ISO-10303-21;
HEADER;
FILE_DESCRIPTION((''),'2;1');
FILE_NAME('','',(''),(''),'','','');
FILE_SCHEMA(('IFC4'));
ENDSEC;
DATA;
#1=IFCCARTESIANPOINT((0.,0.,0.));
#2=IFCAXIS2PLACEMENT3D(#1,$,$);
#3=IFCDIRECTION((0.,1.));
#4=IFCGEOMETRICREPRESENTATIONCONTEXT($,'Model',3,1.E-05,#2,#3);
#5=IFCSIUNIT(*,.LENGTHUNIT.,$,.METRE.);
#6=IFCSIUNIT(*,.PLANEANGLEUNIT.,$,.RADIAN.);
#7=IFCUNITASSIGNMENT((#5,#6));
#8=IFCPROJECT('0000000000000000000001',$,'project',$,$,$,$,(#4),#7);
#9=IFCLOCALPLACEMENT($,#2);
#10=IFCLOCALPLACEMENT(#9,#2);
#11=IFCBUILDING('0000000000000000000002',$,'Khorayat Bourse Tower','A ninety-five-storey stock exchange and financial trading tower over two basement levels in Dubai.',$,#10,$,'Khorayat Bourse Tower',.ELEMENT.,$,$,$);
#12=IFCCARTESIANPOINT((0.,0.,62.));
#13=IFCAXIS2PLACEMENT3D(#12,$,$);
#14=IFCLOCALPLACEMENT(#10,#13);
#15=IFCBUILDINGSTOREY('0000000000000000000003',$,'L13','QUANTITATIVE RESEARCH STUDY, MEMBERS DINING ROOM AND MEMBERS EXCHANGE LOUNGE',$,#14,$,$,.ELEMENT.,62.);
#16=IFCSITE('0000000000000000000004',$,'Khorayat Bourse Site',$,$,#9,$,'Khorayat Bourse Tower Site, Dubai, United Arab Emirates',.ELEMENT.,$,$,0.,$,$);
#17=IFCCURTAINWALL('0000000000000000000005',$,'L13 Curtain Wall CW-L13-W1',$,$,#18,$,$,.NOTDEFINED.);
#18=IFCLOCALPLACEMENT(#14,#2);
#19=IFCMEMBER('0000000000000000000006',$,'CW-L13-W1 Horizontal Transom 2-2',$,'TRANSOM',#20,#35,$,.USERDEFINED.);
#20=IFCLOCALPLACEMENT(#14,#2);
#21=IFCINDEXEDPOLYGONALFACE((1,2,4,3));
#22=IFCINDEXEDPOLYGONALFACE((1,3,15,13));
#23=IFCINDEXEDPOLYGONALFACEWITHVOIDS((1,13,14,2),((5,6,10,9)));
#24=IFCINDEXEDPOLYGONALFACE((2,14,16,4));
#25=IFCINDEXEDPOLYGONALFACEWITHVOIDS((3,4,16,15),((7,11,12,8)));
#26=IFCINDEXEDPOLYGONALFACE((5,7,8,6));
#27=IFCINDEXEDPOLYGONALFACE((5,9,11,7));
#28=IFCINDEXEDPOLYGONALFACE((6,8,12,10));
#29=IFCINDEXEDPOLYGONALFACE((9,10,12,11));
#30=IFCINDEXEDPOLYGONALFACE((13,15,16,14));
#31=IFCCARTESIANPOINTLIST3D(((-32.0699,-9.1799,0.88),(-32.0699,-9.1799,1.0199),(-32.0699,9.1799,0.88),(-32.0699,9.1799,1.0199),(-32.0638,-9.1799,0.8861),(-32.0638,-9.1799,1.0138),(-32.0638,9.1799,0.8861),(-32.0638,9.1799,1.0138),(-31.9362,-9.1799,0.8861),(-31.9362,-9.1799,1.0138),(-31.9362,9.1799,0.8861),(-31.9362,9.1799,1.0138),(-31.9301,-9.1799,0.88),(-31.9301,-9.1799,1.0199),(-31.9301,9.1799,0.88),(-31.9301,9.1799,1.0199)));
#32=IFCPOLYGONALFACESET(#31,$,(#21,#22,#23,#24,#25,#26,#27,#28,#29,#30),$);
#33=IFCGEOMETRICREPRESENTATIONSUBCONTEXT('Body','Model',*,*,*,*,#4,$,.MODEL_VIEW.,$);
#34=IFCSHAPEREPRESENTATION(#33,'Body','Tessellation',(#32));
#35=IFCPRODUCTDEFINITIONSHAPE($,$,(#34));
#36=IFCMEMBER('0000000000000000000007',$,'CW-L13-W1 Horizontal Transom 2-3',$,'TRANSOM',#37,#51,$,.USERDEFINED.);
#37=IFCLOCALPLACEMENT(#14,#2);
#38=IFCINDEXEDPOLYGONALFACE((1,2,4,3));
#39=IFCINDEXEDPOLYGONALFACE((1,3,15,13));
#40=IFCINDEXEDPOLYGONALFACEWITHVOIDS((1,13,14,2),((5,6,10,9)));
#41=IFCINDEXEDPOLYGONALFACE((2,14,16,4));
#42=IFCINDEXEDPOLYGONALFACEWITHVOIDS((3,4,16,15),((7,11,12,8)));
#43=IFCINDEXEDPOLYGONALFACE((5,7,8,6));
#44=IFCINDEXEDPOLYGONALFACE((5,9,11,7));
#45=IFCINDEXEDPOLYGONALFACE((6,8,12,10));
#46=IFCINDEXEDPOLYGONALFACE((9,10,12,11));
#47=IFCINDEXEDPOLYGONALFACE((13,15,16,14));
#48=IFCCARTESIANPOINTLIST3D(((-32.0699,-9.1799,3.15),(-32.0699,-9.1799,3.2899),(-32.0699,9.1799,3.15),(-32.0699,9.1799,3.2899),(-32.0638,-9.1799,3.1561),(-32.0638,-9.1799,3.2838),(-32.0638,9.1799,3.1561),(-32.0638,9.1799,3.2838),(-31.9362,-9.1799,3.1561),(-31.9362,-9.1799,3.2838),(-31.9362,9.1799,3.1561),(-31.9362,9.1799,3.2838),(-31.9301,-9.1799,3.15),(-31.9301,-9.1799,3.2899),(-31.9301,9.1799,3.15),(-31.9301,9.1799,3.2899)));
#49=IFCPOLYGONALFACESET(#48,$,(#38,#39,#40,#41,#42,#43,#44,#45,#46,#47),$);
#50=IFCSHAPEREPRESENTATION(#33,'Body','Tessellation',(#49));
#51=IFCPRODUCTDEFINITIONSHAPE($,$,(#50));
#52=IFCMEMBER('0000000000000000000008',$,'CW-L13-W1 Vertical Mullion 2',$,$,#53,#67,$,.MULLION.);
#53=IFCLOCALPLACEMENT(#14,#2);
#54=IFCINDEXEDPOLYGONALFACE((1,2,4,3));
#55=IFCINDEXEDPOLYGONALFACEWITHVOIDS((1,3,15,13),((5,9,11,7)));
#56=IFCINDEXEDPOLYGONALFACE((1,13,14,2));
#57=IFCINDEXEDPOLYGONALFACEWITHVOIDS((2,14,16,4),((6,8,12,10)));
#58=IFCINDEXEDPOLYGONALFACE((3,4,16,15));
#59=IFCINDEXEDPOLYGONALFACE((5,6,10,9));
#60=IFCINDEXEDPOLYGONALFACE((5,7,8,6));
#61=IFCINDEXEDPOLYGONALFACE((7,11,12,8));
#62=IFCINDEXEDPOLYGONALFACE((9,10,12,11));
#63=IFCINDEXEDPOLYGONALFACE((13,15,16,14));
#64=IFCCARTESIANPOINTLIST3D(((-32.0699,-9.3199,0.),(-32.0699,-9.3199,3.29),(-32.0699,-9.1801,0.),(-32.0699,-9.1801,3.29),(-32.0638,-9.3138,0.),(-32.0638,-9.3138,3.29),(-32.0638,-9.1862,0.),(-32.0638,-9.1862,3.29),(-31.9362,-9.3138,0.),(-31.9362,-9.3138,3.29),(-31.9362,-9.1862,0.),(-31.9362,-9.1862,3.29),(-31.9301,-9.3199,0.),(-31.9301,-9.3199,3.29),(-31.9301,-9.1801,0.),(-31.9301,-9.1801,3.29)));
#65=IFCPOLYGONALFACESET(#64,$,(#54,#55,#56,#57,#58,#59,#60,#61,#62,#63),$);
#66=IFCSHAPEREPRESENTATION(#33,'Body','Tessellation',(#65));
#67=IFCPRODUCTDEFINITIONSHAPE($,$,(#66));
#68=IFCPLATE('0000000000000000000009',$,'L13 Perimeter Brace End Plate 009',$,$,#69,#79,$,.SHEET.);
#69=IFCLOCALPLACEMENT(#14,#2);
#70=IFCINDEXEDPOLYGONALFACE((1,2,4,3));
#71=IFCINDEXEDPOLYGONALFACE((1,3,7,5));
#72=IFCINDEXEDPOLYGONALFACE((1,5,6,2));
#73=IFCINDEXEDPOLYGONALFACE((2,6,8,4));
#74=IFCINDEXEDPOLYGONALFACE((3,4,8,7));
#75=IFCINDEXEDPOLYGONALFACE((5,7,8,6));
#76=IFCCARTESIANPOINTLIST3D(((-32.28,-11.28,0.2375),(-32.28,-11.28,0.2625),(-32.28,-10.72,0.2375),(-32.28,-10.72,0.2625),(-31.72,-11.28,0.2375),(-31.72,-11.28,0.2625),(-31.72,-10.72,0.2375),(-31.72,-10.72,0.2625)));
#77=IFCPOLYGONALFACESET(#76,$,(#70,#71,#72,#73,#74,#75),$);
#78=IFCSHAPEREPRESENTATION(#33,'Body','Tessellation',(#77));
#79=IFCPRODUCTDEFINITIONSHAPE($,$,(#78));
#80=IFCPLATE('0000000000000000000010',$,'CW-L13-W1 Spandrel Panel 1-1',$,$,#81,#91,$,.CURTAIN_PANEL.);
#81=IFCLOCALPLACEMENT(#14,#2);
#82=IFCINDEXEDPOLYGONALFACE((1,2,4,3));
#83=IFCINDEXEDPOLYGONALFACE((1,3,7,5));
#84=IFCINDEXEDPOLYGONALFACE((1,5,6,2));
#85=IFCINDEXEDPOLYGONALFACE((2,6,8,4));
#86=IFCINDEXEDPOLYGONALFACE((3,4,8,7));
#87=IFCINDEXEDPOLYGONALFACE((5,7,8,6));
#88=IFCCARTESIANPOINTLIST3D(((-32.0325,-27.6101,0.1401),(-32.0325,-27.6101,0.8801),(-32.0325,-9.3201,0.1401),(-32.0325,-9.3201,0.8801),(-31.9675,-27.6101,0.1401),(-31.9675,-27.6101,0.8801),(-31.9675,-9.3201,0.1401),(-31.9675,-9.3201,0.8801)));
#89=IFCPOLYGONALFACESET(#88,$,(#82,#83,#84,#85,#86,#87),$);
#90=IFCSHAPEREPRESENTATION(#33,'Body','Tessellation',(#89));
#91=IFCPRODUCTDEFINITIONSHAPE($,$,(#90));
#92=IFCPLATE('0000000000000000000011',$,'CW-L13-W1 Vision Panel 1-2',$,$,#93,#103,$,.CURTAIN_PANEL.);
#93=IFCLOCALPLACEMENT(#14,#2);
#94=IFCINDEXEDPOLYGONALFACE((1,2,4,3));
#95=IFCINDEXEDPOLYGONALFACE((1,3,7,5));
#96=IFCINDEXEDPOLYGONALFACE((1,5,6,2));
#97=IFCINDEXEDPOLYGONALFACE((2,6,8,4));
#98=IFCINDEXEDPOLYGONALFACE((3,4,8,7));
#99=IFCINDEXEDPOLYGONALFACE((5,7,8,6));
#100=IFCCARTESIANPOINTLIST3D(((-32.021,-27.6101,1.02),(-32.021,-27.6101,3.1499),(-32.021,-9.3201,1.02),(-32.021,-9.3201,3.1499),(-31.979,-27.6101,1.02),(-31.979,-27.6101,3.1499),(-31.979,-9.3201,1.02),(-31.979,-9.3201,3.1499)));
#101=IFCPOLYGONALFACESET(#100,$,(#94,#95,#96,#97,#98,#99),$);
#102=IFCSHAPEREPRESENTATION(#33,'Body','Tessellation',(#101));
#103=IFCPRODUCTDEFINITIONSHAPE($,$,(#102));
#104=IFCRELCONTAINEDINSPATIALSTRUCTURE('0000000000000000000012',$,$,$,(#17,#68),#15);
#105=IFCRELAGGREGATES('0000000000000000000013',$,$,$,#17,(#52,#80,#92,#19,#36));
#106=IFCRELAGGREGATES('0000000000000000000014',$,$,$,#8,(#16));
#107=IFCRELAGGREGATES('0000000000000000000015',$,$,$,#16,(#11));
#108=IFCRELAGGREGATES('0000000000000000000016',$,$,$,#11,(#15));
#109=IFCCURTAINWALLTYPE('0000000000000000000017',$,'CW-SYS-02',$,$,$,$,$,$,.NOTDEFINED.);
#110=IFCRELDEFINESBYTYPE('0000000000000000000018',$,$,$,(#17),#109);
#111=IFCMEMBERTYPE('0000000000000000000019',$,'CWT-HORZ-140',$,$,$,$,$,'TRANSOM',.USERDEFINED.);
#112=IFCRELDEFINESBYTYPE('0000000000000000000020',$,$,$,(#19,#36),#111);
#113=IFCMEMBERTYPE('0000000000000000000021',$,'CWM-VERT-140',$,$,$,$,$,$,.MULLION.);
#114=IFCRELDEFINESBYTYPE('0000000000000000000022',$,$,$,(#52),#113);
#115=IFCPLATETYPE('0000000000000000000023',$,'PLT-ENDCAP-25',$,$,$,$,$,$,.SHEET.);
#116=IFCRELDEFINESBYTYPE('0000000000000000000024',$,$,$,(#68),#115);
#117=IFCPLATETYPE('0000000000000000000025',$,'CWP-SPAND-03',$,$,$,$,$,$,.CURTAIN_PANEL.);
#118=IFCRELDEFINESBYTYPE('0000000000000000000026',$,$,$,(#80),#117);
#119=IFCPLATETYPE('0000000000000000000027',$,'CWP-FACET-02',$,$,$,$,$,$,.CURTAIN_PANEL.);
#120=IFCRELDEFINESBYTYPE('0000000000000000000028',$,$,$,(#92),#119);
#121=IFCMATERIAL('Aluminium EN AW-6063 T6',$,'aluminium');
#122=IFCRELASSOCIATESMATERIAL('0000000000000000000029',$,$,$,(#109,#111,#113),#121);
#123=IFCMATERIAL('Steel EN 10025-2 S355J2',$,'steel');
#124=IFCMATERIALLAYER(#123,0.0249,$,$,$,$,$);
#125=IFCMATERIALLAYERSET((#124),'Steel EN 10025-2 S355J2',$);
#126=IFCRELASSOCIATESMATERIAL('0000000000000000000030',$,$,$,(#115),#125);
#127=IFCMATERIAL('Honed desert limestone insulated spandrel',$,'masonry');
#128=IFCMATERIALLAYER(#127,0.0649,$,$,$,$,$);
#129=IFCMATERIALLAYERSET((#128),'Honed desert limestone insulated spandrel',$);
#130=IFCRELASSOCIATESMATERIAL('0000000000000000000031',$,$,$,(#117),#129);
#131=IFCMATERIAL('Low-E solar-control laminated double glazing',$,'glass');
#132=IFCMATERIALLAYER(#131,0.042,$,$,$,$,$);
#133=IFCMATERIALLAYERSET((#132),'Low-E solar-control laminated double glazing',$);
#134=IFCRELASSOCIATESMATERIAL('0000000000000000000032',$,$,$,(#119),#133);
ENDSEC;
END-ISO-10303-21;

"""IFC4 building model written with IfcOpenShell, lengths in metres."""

from ifc_helpers import new_model, si_unit, direction, frame, origin, origin_2d, place, context, subcontext, project, spatial, rectangle, hollow_rectangle, extrude, source, transform, mapped, material, layer, layer_set, material_profile, profile_set, type_object, element, aggregate, save


model = new_model("IFC4")

# Units and contexts
model_context = context("Model", 3, precision=1e-05, world=origin(), true_north=direction((0.0, 1.0)))
body_context = subcontext(model_context, "Body", "Model", "MODEL_VIEW")
ifc_project = project(units=[si_unit("LENGTHUNIT", "METRE"), si_unit("PLANEANGLEUNIT", "RADIAN")], contexts=[model_context])

# Site, building, storey
site_placement = place(None, origin())
site = spatial("IfcSite", under=ifc_project, at=site_placement, Name="Khorayat Bourse Site", LongName="Khorayat Bourse Tower Site, Dubai, United Arab Emirates", CompositionType="ELEMENT", RefElevation=0.0)
building_placement = place(site_placement, origin())
building = spatial("IfcBuilding", under=site, at=building_placement, Name="Khorayat Bourse Tower", Description="A ninety-five-storey stock exchange and financial trading tower over two basement levels in Dubai.", LongName="Khorayat Bourse Tower", CompositionType="ELEMENT")
storey_placement = place(building_placement, frame((0.0, 0.0, 62.0)))
storey = spatial("IfcBuildingStorey", under=building, at=storey_placement, Name="L13", Description="QUANTITATIVE RESEARCH STUDY, MEMBERS DINING ROOM AND MEMBERS EXCHANGE LOUNGE", CompositionType="ELEMENT", Elevation=62.0)

# Curtain wall, members
ifc_material_1 = material(Name="Aluminium EN AW-6063 T6", Category="aluminium")
curtain_wall_type = type_object("IfcCurtainWallType", Name="CW-SYS-02", PredefinedType="NOTDEFINED", material=ifc_material_1)
curtain_wall_placement = place(storey_placement, origin())
curtain_wall = element("IfcCurtainWall", 1, at=curtain_wall_placement, inside=storey, type_object=curtain_wall_type, Name="L13 Curtain Wall CW-L13-W1", PredefinedType="NOTDEFINED")
ifc_material_profile_1 = material_profile(ifc_material_1, hollow_rectangle(XDim=0.1399, YDim=0.1399, WallThickness=0.0061, at=origin_2d()), Name="ALU 140x140x6")
ifc_profile_set_1 = profile_set([ifc_material_profile_1], Name="Aluminium EN AW-6063 T6")
member_type_1 = type_object("IfcMemberType", Name="CWT-HORZ-140", ElementType="TRANSOM", PredefinedType="USERDEFINED", material=ifc_profile_set_1)
shared_shape_1 = source(origin(), body_context, "Body", "SweptSolid", [
    extrude(hollow_rectangle(XDim=0.1399, YDim=0.1399, WallThickness=0.0061, at=origin_2d()), origin(), (0.0, 0.0, 1.0), 18.3599),
])
member_1_placement = place(storey_placement, frame((-32.0, -9.1799, 0.95), z_axis=(0.0, 1.0, 0.0), x_axis=(-1.0, 0.0, 0.0)))
member_1 = element("IfcMember", 2, at=member_1_placement, type_object=member_type_1, Name="CW-L13-W1 Horizontal Transom 2-2", ObjectType="TRANSOM", PredefinedType="USERDEFINED", context=body_context, shape_type="MappedRepresentation", body=[
    mapped(shared_shape_1, transform((0.0, 0.0, 0.0), scale=1.0)),
])
member_2_placement = place(storey_placement, frame((-32.0, -9.1799, 3.22), z_axis=(0.0, 1.0, 0.0), x_axis=(-1.0, 0.0, 0.0)))
member_2 = element("IfcMember", 3, at=member_2_placement, type_object=member_type_1, Name="CW-L13-W1 Horizontal Transom 2-3", ObjectType="TRANSOM", PredefinedType="USERDEFINED", context=body_context, shape_type="MappedRepresentation", body=[
    mapped(shared_shape_1, transform((0.0, 0.0, 0.0), scale=1.0)),
])
ifc_material_profile_2 = material_profile(ifc_material_1, hollow_rectangle(XDim=0.1399, YDim=0.1399, WallThickness=0.0061, at=origin_2d()), Name="ALU 140x140x6")
ifc_profile_set_2 = profile_set([ifc_material_profile_2], Name="Aluminium EN AW-6063 T6")
member_type_2 = type_object("IfcMemberType", Name="CWM-VERT-140", PredefinedType="MULLION", material=ifc_profile_set_2)
shared_shape_2 = source(origin(), body_context, "Body", "SweptSolid", [
    extrude(hollow_rectangle(XDim=0.1399, YDim=0.1399, WallThickness=0.0061, at=origin_2d()), origin(), (0.0, 0.0, 1.0), 3.29),
])
member_3_placement = place(storey_placement, frame((-32.0, -9.25, 0.0), z_axis=(0.0, 0.0, 1.0), x_axis=(-1.0, 0.0, 0.0)))
member_3 = element("IfcMember", 4, at=member_3_placement, type_object=member_type_2, Name="CW-L13-W1 Vertical Mullion 2", PredefinedType="MULLION", context=body_context, shape_type="MappedRepresentation", body=[
    mapped(shared_shape_2, transform((0.0, 0.0, 0.0), scale=1.0)),
])

# Plates
ifc_material_2 = material(Name="Steel EN 10025-2 S355J2", Category="steel")
ifc_layer_1 = layer(ifc_material_2, 0.0249)
ifc_layer_set_1 = layer_set([ifc_layer_1], Name="Steel EN 10025-2 S355J2")
plate_type_1 = type_object("IfcPlateType", Name="PLT-ENDCAP-25", PredefinedType="SHEET", material=ifc_layer_set_1)
shared_shape_3 = source(origin(), body_context, "Body", "SweptSolid", [
    extrude(rectangle(XDim=0.5601, YDim=0.5601, at=origin_2d()), origin(), (0.0, 0.0, 1.0), 0.0249),
])
plate_1_placement = place(storey_placement, frame((-32.0, -11.0, 0.2375), z_axis=(0.0, 0.0, 1.0), x_axis=(1.0, 0.0, 0.0)))
element("IfcPlate", 5, at=plate_1_placement, inside=storey, type_object=plate_type_1, Name="L13 Perimeter Brace End Plate 009", PredefinedType="SHEET", context=body_context, shape_type="MappedRepresentation", body=[
    mapped(shared_shape_3, transform((0.0, 0.0, 0.0), scale=1.0)),
])
ifc_material_3 = material(Name="Honed desert limestone insulated spandrel", Category="masonry")
ifc_layer_2 = layer(ifc_material_3, 0.0649)
ifc_layer_set_2 = layer_set([ifc_layer_2], Name="Honed desert limestone insulated spandrel")
plate_type_2 = type_object("IfcPlateType", Name="CWP-SPAND-03", PredefinedType="CURTAIN_PANEL", material=ifc_layer_set_2)
shared_shape_4 = source(origin(), body_context, "Body", "SweptSolid", [
    extrude(rectangle(XDim=18.29, YDim=0.0649, at=origin_2d()), origin(), (0.0, 0.0, 1.0), 0.74),
])
plate_2_placement = place(storey_placement, frame((-32.0, -18.4651, 0.1401), z_axis=(0.0, 0.0, 1.0), x_axis=(0.0, 1.0, 0.0)))
plate_2 = element("IfcPlate", 6, at=plate_2_placement, type_object=plate_type_2, Name="CW-L13-W1 Spandrel Panel 1-1", PredefinedType="CURTAIN_PANEL", context=body_context, shape_type="MappedRepresentation", body=[
    mapped(shared_shape_4, transform((0.0, 0.0, 0.0), scale=1.0)),
])
ifc_material_4 = material(Name="Low-E solar-control laminated double glazing", Category="glass")
ifc_layer_3 = layer(ifc_material_4, 0.042)
ifc_layer_set_3 = layer_set([ifc_layer_3], Name="Low-E solar-control laminated double glazing")
plate_type_3 = type_object("IfcPlateType", Name="CWP-FACET-02", PredefinedType="CURTAIN_PANEL", material=ifc_layer_set_3)
shared_shape_5 = source(origin(), body_context, "Body", "SweptSolid", [
    extrude(rectangle(XDim=18.29, YDim=0.042, at=origin_2d()), origin(), (0.0, 0.0, 1.0), 2.1299),
])
plate_3_placement = place(storey_placement, frame((-32.0, -18.4651, 1.02), z_axis=(0.0, 0.0, 1.0), x_axis=(0.0, 1.0, 0.0)))
plate_3 = element("IfcPlate", 7, at=plate_3_placement, type_object=plate_type_3, Name="CW-L13-W1 Vision Panel 1-2", PredefinedType="CURTAIN_PANEL", context=body_context, shape_type="MappedRepresentation", body=[
    mapped(shared_shape_5, transform((0.0, 0.0, 0.0), scale=1.0)),
])
aggregate(curtain_wall, [member_3, plate_2, plate_3, member_1, member_2])

save(model, "model.ifc")
